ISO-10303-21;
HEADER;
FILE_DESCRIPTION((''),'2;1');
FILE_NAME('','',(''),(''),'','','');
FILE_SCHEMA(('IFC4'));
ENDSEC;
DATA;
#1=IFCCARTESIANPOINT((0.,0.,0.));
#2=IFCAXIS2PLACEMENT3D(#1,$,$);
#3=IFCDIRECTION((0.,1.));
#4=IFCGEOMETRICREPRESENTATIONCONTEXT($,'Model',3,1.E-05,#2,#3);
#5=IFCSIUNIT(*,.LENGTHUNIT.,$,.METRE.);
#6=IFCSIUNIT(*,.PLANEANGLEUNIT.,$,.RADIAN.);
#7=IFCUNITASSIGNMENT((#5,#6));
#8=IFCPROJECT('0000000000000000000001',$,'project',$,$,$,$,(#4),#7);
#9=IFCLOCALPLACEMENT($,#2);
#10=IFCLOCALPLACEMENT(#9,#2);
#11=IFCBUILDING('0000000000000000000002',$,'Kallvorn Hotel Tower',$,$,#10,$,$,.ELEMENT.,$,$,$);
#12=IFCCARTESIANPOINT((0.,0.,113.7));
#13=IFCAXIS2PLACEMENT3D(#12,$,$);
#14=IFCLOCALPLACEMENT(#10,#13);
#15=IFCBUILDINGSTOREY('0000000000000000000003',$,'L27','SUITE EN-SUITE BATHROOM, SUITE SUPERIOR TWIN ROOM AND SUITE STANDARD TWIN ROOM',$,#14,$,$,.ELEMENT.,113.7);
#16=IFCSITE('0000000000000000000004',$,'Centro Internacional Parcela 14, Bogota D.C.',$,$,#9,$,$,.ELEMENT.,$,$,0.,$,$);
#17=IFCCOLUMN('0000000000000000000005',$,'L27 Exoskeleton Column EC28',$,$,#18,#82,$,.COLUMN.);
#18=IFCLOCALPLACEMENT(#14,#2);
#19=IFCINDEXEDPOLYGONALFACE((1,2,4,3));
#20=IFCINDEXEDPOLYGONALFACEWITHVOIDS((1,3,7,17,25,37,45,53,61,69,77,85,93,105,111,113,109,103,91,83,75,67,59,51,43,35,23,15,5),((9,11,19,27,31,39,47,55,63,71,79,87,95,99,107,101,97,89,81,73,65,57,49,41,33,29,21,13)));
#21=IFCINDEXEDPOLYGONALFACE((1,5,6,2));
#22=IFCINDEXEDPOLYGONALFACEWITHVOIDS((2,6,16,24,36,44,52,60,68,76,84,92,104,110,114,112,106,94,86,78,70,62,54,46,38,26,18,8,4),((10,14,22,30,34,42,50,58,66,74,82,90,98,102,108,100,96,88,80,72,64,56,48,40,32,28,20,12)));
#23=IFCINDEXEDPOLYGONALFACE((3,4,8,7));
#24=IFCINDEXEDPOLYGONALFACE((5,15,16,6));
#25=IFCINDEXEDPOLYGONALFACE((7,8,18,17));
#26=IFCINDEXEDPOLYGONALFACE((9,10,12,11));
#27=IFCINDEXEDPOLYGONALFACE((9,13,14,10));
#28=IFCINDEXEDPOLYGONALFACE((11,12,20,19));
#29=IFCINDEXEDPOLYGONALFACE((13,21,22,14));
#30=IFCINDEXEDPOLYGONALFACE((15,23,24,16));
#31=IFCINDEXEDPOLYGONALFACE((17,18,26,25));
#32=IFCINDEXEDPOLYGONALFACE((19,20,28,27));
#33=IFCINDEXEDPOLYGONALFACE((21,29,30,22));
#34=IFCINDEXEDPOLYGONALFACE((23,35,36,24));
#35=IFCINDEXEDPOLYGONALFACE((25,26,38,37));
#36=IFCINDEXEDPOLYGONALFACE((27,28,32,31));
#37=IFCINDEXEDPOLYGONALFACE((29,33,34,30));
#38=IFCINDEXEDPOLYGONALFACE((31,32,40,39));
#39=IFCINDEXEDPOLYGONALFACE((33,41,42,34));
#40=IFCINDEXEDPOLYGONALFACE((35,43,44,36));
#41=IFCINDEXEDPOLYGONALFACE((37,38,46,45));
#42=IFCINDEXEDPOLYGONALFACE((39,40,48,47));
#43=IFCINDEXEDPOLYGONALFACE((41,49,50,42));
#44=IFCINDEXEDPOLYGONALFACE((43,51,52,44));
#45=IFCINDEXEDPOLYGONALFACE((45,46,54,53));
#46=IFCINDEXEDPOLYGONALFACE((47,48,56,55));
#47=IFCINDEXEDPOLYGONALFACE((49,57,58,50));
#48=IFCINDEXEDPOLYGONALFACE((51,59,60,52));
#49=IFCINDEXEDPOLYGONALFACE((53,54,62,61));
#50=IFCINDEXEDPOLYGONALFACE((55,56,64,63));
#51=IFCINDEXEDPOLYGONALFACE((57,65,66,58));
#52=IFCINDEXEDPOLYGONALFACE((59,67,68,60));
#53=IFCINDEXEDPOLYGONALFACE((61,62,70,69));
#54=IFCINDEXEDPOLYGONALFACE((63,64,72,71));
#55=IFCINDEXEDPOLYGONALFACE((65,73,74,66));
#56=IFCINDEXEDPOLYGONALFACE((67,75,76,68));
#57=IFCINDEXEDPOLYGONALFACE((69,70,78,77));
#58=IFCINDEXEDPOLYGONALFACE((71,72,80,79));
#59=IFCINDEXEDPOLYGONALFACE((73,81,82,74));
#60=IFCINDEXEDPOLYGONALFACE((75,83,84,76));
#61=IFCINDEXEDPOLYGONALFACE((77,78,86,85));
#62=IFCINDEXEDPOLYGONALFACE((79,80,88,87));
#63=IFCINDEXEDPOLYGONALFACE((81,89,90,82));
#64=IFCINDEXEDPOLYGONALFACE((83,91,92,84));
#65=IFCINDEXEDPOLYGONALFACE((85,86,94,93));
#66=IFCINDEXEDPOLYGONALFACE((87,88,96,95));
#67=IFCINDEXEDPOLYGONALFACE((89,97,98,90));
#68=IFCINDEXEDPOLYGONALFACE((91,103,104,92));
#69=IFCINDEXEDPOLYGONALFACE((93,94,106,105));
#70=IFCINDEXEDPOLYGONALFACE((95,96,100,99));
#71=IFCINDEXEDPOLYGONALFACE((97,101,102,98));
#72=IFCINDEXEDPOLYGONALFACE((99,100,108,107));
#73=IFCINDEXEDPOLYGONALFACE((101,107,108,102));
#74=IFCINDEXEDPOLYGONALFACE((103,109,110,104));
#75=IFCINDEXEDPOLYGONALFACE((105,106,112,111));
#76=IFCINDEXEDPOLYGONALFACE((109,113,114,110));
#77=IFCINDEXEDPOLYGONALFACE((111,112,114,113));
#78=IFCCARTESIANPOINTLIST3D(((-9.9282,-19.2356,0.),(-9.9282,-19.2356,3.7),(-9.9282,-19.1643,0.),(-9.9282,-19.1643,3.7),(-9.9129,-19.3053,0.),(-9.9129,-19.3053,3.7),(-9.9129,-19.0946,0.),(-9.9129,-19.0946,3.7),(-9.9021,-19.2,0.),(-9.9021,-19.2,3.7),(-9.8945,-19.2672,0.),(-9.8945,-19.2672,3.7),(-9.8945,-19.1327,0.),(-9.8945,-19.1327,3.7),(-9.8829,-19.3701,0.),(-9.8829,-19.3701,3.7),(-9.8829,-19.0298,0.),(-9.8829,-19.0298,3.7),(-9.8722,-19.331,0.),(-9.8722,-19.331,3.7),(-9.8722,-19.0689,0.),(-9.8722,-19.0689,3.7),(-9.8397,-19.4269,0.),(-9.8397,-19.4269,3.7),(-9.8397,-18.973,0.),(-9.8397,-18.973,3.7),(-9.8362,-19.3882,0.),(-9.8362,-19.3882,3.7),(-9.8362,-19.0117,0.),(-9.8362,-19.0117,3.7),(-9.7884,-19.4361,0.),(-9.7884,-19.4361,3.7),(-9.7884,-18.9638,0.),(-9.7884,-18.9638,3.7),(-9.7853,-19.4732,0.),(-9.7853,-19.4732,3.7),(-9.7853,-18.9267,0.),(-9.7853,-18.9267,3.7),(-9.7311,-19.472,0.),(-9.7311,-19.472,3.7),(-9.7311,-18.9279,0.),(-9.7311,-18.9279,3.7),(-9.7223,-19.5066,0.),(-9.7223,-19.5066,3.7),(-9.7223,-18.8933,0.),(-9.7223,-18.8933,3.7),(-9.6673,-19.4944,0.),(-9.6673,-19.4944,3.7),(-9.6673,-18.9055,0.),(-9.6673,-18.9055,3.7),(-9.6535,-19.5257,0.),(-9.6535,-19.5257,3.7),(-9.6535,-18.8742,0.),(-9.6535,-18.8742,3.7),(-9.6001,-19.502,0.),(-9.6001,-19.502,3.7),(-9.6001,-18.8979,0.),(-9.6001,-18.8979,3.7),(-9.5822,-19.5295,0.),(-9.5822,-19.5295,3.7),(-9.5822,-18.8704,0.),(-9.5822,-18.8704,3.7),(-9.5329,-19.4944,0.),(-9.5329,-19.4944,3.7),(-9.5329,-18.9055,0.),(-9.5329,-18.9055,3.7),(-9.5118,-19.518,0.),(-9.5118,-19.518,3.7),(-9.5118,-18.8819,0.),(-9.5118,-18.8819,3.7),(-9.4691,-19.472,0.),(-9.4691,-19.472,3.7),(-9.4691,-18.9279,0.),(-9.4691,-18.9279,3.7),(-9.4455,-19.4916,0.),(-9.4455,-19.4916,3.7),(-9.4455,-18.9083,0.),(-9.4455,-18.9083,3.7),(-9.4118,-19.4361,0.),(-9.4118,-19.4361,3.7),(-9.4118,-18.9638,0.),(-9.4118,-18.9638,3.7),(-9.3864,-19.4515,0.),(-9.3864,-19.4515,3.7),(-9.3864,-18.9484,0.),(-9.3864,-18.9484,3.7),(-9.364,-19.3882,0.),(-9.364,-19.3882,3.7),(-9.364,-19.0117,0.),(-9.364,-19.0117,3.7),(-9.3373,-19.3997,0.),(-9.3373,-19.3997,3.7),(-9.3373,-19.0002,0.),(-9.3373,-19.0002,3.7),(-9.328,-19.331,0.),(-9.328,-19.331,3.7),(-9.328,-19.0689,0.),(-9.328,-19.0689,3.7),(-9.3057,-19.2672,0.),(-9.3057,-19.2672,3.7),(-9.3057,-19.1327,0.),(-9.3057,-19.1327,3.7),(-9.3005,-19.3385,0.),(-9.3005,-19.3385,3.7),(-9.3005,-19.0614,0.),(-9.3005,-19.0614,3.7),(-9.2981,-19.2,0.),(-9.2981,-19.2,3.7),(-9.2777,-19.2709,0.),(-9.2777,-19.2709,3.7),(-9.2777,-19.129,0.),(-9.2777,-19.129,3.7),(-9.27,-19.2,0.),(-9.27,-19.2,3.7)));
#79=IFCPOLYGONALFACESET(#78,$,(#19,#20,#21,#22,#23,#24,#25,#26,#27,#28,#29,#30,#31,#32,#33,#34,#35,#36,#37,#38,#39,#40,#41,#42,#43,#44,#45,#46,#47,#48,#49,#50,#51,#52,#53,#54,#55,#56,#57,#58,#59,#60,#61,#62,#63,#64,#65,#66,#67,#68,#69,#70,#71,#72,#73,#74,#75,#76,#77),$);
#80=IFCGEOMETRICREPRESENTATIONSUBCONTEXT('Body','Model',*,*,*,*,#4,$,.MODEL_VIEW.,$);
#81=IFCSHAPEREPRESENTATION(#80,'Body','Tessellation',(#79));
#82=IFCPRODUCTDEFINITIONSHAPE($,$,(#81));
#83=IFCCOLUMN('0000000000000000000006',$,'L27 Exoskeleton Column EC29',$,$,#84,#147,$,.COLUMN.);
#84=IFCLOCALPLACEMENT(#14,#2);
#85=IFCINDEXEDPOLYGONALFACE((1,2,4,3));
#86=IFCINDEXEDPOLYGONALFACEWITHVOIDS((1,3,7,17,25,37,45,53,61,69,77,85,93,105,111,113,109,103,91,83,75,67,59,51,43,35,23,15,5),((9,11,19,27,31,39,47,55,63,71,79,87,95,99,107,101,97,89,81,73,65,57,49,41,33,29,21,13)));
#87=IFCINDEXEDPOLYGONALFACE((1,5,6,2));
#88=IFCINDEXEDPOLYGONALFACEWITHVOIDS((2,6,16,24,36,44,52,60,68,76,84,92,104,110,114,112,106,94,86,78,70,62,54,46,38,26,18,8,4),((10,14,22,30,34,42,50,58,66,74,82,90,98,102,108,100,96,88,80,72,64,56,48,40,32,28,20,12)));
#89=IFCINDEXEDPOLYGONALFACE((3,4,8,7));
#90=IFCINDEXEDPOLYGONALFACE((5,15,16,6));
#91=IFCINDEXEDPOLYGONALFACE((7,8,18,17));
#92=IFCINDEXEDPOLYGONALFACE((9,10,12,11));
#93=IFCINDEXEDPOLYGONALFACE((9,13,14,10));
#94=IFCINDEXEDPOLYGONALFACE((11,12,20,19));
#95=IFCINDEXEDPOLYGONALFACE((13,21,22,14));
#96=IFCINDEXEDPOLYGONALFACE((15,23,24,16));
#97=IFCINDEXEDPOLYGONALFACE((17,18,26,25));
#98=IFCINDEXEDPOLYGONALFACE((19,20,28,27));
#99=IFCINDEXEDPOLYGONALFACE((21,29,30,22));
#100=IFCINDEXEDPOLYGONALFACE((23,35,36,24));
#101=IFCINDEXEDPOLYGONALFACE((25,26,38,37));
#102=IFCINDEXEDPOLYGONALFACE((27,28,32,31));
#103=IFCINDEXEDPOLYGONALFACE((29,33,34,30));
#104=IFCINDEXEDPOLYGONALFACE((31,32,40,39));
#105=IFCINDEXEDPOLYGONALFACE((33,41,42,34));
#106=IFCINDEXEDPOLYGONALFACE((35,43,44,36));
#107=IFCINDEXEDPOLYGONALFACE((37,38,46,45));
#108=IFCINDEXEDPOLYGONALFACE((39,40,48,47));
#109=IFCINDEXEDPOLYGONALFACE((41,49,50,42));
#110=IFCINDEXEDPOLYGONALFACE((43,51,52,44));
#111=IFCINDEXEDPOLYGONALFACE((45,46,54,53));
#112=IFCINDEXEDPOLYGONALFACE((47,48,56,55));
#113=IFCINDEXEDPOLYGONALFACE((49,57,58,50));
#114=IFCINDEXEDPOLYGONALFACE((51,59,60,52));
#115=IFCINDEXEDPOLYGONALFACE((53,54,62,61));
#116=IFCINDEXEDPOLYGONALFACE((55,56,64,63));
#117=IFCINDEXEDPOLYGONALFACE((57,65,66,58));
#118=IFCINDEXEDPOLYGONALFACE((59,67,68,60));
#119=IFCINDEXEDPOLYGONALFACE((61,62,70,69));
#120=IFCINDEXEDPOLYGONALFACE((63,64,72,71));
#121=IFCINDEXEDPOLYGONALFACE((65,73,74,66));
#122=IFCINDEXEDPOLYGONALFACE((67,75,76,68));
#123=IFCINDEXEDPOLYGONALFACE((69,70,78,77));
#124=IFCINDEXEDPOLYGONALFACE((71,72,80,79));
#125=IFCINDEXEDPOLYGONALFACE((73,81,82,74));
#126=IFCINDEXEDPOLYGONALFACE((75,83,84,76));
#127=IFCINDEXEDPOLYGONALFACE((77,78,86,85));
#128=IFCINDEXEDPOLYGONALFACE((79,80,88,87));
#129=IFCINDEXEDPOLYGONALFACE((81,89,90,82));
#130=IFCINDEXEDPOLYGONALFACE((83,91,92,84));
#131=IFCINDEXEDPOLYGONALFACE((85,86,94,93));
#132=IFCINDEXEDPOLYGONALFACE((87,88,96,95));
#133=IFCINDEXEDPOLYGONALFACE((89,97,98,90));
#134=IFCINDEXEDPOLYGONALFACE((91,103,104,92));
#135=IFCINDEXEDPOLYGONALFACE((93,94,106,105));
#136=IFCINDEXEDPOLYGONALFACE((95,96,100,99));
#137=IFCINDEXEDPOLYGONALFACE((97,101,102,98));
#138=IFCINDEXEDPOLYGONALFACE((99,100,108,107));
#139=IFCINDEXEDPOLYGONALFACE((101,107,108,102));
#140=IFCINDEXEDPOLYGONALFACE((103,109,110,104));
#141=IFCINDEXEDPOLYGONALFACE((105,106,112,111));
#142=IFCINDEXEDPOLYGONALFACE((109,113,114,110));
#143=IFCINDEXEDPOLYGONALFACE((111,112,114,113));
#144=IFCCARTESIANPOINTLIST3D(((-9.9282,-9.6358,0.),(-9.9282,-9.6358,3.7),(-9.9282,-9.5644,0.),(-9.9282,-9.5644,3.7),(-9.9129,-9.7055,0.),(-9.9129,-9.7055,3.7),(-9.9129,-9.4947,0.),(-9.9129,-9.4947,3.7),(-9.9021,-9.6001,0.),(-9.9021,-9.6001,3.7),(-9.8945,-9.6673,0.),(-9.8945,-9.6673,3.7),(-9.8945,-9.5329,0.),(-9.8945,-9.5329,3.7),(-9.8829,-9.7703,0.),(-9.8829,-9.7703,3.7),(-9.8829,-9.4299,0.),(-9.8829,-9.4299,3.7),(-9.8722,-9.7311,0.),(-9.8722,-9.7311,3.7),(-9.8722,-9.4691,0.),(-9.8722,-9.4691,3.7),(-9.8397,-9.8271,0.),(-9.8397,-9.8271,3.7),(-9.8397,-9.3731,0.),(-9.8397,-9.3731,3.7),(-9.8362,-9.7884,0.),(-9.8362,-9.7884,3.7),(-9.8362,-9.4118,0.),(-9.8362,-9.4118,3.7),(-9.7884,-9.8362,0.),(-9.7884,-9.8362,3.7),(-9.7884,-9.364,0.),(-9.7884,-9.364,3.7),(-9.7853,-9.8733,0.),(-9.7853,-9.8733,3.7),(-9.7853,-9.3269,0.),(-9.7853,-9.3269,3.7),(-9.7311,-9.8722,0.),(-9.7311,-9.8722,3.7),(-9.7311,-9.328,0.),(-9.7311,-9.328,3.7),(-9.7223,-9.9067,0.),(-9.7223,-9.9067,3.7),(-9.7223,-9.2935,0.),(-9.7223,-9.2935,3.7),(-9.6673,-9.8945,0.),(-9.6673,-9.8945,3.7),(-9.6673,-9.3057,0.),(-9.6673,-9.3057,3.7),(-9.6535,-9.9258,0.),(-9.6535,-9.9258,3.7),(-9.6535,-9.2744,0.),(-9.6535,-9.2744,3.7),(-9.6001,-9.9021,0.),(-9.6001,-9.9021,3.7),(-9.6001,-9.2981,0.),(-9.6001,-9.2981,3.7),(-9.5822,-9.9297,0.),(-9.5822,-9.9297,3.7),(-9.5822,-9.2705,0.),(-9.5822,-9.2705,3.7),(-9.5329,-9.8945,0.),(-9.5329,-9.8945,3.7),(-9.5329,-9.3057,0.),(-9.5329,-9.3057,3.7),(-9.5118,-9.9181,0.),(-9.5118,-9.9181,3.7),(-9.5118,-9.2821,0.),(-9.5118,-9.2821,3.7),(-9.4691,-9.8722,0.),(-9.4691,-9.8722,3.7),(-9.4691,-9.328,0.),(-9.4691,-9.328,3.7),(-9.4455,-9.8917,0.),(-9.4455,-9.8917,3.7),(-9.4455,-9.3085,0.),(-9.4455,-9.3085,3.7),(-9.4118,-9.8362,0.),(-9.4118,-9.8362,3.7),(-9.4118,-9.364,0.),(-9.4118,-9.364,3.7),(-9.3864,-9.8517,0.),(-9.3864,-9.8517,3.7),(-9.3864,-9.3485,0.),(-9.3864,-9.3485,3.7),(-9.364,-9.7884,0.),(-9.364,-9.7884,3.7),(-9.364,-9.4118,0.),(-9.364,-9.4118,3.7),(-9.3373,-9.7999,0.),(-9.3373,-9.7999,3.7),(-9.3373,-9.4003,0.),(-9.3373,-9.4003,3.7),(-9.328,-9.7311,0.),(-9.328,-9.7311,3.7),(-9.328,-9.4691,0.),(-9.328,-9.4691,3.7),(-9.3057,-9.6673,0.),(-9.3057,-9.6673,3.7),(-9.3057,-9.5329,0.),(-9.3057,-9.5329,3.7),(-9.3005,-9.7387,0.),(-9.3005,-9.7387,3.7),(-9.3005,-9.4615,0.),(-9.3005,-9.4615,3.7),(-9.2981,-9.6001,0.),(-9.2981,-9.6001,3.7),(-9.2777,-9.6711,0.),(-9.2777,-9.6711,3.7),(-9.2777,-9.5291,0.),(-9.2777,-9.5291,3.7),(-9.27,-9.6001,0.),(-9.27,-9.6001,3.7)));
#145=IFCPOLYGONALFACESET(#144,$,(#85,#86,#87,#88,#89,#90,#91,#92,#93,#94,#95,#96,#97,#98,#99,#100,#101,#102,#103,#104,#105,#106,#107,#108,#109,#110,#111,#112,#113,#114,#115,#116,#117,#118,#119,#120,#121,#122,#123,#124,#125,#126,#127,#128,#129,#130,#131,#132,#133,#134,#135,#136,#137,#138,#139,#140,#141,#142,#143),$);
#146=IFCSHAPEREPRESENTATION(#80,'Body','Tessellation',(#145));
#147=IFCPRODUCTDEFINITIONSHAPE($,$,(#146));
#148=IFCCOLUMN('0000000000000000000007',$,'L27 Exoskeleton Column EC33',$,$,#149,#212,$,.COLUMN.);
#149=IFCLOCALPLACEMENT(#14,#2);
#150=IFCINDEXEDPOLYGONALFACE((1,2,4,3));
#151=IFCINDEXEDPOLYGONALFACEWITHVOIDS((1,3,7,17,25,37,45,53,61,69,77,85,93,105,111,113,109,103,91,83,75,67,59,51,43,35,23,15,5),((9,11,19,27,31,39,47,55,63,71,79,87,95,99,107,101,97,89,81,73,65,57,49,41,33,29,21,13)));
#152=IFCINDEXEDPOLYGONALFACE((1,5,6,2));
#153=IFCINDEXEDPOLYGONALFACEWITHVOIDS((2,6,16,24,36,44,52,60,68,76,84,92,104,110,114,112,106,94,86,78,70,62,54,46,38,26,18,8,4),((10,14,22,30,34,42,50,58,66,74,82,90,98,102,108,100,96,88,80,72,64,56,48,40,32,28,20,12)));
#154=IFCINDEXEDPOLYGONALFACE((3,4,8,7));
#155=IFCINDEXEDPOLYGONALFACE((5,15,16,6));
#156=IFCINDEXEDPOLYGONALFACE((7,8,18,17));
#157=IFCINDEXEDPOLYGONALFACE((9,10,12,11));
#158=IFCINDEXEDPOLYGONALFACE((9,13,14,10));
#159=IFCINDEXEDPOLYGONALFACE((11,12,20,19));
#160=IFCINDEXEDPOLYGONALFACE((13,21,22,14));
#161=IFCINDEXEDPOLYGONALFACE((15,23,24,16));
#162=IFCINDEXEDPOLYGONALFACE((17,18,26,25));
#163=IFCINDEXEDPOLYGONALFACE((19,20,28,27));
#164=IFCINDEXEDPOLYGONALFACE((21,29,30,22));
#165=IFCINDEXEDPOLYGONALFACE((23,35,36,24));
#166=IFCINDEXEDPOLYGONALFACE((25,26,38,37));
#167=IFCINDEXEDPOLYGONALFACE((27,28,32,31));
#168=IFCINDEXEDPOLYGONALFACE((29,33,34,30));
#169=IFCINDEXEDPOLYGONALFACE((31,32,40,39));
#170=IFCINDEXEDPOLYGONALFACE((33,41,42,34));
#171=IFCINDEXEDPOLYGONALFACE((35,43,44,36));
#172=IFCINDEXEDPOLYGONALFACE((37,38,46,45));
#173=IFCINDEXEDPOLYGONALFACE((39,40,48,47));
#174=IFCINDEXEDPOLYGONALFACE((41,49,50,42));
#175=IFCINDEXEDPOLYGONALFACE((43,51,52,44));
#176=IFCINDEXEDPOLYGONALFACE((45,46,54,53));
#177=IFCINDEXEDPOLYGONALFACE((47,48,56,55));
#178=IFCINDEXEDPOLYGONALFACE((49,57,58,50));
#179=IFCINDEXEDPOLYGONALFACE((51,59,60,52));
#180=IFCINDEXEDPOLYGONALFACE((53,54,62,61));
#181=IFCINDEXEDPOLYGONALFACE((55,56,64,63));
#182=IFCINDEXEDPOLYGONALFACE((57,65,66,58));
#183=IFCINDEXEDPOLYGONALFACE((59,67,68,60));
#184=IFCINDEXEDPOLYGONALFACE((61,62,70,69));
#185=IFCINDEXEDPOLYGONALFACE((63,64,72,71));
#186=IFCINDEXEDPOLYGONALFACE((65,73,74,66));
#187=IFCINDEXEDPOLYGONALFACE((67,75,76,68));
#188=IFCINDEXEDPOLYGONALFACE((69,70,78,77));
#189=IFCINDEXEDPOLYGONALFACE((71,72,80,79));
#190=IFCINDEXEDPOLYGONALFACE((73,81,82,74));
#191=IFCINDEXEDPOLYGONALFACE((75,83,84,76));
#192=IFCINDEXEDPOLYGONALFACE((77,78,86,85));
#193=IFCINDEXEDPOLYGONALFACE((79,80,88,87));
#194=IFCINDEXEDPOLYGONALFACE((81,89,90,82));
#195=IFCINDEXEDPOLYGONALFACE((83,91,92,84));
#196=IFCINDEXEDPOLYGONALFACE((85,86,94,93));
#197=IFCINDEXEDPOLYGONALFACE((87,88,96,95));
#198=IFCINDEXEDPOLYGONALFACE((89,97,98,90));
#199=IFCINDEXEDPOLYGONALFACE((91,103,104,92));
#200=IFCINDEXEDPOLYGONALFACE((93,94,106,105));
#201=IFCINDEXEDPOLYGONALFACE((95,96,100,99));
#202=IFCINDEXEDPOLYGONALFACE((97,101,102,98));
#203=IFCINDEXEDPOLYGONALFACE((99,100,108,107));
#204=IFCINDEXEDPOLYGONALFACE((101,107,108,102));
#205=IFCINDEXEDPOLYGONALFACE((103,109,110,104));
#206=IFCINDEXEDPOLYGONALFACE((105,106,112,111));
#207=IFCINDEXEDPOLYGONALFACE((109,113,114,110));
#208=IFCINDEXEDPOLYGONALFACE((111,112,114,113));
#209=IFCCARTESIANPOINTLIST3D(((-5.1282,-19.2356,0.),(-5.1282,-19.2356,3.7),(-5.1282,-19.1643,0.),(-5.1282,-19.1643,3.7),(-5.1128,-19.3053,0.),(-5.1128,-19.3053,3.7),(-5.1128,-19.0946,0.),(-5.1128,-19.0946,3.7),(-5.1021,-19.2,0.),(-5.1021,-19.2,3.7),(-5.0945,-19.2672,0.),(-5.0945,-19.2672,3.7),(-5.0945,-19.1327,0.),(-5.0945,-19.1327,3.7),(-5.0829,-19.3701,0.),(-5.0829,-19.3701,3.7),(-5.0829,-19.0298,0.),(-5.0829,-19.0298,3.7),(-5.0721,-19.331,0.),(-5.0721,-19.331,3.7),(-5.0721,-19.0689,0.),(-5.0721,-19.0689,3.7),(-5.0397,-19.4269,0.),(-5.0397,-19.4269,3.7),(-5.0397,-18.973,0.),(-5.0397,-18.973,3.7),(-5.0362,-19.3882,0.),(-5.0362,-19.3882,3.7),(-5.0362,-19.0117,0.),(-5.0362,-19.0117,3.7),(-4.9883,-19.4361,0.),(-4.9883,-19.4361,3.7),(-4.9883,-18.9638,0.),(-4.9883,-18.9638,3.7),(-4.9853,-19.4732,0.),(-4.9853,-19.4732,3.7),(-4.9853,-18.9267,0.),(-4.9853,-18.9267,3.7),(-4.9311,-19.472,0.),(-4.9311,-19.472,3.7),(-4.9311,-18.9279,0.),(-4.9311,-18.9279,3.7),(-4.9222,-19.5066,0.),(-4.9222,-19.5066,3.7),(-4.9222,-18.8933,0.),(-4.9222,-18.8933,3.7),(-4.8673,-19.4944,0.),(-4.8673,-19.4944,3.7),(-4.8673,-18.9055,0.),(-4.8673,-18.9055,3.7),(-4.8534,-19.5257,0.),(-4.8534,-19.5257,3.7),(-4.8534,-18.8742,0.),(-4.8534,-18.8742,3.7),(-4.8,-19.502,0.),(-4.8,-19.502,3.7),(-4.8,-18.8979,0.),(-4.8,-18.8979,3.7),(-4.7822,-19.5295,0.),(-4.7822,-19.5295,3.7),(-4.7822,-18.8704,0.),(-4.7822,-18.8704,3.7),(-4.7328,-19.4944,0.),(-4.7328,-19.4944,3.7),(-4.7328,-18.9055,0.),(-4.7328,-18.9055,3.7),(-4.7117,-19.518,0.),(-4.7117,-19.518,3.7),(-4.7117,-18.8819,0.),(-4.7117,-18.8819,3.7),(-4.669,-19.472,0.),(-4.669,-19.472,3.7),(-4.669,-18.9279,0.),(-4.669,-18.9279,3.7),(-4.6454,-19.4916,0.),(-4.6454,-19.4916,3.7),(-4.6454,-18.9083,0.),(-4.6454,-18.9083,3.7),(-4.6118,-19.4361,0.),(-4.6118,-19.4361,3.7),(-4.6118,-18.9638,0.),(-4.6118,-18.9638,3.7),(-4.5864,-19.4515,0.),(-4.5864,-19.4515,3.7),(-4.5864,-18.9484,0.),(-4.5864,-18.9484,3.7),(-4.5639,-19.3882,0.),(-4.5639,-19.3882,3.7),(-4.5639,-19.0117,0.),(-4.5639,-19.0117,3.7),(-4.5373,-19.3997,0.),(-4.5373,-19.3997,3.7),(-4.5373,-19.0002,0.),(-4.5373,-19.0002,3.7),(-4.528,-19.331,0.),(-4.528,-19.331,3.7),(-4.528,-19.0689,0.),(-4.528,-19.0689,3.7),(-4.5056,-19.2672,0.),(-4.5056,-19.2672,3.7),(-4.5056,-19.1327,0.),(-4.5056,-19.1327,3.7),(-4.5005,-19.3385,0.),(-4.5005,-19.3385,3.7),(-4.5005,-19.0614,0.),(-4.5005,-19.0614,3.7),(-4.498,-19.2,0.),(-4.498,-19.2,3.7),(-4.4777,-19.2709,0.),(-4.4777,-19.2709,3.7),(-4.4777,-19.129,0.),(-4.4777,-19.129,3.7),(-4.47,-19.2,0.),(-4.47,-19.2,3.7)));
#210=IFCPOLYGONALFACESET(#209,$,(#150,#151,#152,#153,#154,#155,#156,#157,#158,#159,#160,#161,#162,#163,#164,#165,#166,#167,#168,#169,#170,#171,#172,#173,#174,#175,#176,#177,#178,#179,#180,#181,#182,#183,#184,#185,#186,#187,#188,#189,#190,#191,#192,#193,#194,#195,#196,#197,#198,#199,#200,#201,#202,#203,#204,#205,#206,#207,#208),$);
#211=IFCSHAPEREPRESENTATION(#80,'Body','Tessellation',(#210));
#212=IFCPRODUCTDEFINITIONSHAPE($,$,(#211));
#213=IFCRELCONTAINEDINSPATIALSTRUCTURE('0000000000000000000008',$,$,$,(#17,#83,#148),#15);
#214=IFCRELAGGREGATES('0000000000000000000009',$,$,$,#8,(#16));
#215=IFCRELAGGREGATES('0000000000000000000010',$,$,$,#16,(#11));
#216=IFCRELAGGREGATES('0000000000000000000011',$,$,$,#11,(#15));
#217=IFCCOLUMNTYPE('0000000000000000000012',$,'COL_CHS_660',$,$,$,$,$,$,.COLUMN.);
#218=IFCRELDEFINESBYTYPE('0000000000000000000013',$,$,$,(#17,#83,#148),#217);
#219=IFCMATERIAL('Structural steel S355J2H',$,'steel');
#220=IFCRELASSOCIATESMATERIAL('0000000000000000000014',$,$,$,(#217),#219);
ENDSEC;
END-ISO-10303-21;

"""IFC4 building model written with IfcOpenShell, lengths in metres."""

from ifc_helpers import new_model, si_unit, direction, frame, origin, origin_2d, place, context, subcontext, project, spatial, hollow_circle, extrude, material, material_profile, profile_set, type_object, element, save


model = new_model("IFC4")

# Units and contexts
model_context = context("Model", 3, precision=1e-05, world=origin(), true_north=direction((0.0, 1.0)))
body_context = subcontext(model_context, "Body", "Model", "MODEL_VIEW")
ifc_project = project(units=[si_unit("LENGTHUNIT", "METRE"), si_unit("PLANEANGLEUNIT", "RADIAN")], contexts=[model_context])

# Site, building, storey
site_placement = place(None, origin())
site = spatial("IfcSite", under=ifc_project, at=site_placement, Name="Centro Internacional Parcela 14, Bogota D.C.", CompositionType="ELEMENT", RefElevation=0.0)
building_placement = place(site_placement, origin())
building = spatial("IfcBuilding", under=site, at=building_placement, Name="Kallvorn Hotel Tower", CompositionType="ELEMENT")
storey_placement = place(building_placement, frame((0.0, 0.0, 113.7)))
storey = spatial("IfcBuildingStorey", under=building, at=storey_placement, Name="L27", Description="SUITE EN-SUITE BATHROOM, SUITE SUPERIOR TWIN ROOM AND SUITE STANDARD TWIN ROOM", CompositionType="ELEMENT", Elevation=113.7)

# Columns
ifc_material_1 = material(Name="Structural steel S355J2H", Category="steel")
ifc_material_profile_1 = material_profile(ifc_material_1, hollow_circle(Radius=0.3301, WallThickness=0.0281, at=origin_2d()), Name="CHS 660x28")
ifc_profile_set_1 = profile_set([ifc_material_profile_1], Name="Structural steel S355J2H")
column_type_1 = type_object("IfcColumnType", Name="COL_CHS_660", PredefinedType="COLUMN", material=ifc_profile_set_1)
for number, where, z_axis, x_axis, name in (
    (1, (-9.6001, -19.2, 0.0), (0.0, 0.0, 1.0), (1.0, 0.0, 0.0), "L27 Exoskeleton Column EC28"),
    (2, (-9.6001, -9.6001, 0.0), (0.0, 0.0, 1.0), (1.0, 0.0, 0.0), "L27 Exoskeleton Column EC29"),
    (3, (-4.8, -19.2, 0.0), (0.0, 0.0, 1.0), (1.0, 0.0, 0.0), "L27 Exoskeleton Column EC33"),
):
    element("IfcColumn", number, at=place(storey_placement, frame(where, z_axis=z_axis, x_axis=x_axis)), inside=storey, type_object=column_type_1, Name=name, PredefinedType="COLUMN", context=body_context, shape_type="SweptSolid", body=[
        extrude(hollow_circle(Radius=0.3301, WallThickness=0.0281, at=origin_2d()), origin(), (0.0, 0.0, 1.0), 3.7),
    ])

save(model, "model.ifc")
